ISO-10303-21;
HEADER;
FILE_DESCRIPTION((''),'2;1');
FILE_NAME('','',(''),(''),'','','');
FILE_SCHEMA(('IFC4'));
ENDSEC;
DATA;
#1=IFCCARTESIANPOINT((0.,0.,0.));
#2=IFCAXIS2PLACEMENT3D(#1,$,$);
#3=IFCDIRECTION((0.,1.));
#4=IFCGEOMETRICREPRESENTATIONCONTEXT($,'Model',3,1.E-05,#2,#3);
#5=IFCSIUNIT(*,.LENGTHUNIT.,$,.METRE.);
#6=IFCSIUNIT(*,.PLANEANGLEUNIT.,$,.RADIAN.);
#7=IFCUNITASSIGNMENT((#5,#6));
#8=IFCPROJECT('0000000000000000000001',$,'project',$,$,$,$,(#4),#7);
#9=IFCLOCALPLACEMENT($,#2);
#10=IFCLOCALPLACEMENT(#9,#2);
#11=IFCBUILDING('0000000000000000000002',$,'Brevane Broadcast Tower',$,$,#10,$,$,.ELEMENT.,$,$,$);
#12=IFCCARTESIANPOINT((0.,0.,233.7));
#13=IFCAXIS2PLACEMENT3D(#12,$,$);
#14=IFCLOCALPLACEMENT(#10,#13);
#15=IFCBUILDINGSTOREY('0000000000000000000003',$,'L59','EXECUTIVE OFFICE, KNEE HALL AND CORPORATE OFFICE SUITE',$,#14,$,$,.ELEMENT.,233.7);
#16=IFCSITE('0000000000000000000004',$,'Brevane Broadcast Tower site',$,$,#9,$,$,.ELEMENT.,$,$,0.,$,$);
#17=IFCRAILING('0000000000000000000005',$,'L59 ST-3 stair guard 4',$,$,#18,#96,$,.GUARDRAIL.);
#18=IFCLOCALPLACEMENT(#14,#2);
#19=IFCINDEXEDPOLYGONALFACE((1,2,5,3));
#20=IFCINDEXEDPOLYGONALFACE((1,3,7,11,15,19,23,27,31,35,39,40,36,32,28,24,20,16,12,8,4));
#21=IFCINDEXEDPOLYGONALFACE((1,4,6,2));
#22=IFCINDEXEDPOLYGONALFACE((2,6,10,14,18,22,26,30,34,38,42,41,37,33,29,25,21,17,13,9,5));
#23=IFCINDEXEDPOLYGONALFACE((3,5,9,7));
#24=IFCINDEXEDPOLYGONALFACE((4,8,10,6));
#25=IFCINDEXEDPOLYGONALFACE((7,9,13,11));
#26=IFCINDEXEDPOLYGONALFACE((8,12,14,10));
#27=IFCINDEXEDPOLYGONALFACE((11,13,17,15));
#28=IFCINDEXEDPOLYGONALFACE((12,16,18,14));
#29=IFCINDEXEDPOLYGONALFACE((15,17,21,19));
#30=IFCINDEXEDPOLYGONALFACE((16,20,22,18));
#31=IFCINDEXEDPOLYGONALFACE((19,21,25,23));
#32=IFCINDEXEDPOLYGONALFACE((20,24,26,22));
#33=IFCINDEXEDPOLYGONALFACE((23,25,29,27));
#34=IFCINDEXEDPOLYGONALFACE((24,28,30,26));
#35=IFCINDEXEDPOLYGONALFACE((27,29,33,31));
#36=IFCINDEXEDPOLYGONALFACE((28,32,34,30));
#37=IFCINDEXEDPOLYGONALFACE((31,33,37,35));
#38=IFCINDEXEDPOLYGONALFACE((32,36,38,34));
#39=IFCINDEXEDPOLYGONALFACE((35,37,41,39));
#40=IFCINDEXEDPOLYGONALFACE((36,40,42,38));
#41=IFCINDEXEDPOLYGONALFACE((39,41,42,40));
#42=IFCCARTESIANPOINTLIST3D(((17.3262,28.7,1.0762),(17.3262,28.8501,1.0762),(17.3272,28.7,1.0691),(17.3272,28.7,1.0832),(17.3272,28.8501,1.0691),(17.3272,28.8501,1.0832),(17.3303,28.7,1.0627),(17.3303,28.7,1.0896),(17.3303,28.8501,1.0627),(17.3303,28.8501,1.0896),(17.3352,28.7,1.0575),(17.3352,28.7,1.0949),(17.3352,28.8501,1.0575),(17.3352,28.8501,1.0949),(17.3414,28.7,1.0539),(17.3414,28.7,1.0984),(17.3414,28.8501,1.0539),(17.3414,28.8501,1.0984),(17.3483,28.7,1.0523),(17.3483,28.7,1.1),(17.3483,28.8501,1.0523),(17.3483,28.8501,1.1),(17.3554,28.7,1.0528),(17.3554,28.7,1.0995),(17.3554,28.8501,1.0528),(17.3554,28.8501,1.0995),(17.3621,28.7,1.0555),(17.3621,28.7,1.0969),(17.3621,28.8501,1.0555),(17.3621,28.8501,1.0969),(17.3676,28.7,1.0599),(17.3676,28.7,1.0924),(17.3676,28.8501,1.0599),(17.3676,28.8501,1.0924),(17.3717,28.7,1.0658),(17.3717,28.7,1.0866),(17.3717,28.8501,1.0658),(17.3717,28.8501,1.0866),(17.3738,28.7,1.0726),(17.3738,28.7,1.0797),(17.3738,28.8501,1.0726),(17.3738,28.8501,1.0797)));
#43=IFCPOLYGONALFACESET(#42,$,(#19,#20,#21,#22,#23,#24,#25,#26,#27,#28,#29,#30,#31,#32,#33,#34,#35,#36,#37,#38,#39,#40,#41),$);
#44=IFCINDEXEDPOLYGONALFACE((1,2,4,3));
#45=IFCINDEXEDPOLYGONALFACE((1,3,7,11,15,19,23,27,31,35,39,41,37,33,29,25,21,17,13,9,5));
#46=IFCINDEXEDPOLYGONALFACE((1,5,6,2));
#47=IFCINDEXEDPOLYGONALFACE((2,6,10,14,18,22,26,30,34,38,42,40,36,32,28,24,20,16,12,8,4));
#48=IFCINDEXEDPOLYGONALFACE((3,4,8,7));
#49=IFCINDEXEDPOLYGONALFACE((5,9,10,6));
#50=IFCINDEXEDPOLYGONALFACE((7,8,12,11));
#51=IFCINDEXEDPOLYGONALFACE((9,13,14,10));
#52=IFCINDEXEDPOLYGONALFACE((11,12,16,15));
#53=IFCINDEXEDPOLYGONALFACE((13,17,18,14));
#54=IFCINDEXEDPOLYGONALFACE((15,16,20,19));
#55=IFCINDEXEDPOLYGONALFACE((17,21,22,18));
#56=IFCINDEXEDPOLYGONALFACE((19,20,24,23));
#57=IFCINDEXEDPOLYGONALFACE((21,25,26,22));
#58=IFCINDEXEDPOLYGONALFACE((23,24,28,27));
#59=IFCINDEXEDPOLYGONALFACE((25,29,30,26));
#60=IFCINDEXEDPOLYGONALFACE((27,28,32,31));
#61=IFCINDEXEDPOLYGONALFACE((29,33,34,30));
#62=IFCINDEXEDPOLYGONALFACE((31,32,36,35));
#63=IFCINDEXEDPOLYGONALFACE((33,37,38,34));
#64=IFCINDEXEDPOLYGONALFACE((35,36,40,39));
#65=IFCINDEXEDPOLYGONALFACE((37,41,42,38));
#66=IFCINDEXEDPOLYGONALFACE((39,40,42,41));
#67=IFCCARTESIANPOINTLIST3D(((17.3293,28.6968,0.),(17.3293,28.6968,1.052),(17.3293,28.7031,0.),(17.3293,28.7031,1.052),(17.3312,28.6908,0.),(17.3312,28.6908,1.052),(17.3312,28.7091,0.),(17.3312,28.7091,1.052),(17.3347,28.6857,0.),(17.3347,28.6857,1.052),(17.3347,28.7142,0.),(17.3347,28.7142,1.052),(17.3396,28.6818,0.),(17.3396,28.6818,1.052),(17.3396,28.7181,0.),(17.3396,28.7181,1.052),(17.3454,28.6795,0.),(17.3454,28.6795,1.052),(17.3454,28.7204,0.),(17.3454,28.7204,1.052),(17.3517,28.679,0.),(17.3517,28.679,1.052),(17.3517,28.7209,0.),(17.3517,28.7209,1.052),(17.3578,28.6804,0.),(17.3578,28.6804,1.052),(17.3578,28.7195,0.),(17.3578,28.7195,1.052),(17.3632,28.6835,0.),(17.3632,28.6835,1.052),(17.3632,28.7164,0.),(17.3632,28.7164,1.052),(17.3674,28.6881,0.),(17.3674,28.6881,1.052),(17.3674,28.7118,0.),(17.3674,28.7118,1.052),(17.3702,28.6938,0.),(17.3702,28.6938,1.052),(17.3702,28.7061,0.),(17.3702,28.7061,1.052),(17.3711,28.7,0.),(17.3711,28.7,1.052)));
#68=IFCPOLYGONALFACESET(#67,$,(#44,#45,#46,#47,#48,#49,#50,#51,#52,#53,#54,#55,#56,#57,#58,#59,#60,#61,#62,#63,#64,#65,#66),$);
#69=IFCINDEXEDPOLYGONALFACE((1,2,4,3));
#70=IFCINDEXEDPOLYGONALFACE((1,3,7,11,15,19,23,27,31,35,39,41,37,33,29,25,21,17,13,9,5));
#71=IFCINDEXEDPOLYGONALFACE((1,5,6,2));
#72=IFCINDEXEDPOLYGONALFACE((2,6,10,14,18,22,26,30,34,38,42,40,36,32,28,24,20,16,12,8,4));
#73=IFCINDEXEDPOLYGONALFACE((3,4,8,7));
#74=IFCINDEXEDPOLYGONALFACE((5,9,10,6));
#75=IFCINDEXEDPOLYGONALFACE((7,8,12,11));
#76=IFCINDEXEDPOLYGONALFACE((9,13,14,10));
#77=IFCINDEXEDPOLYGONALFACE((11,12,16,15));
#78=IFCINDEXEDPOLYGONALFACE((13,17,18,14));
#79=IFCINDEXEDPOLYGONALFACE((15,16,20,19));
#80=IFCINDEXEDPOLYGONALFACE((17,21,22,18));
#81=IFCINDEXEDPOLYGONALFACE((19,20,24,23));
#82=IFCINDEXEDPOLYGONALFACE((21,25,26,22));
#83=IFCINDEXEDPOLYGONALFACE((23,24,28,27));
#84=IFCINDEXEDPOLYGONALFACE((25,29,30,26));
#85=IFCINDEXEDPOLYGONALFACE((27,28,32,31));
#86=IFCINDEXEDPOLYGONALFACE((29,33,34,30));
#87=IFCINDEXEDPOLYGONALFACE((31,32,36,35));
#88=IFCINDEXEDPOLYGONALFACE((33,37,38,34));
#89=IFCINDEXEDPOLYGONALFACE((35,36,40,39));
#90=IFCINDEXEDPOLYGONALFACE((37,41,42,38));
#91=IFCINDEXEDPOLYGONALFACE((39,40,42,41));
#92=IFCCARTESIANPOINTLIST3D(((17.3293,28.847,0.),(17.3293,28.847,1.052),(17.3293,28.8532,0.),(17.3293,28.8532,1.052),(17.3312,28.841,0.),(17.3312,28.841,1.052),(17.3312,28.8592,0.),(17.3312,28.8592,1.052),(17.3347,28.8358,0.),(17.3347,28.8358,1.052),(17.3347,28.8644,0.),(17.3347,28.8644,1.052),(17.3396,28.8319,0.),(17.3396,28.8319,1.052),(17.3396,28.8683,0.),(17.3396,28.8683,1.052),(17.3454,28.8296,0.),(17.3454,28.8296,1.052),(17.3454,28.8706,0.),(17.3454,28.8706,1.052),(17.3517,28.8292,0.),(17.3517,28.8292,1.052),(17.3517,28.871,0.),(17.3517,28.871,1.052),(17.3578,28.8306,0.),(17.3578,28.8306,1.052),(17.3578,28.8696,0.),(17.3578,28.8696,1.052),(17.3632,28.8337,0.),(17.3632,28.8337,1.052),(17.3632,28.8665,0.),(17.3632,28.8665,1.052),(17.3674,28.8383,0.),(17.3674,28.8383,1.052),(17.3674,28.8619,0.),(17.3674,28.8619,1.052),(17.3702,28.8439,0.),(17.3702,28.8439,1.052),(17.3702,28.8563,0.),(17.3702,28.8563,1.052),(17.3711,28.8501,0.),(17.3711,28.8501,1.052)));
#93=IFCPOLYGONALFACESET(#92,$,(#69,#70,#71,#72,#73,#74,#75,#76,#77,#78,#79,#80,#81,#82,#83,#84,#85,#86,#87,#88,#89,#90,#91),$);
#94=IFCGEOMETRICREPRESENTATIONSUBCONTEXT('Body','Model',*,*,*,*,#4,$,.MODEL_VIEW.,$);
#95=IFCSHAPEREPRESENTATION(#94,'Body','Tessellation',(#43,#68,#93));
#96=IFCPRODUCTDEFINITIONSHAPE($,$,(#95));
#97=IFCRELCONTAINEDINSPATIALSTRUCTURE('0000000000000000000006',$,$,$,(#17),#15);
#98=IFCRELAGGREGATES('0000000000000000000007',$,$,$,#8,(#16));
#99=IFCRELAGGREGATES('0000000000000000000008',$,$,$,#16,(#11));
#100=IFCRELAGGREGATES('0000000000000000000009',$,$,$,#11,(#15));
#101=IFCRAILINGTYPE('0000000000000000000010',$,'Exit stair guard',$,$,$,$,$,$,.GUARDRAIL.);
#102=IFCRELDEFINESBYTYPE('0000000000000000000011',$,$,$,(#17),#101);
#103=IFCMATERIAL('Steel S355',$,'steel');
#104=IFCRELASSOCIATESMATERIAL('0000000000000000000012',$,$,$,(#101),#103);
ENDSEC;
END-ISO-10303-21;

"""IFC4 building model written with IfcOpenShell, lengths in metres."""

from ifc_helpers import new_model, si_unit, direction, frame, origin, origin_2d, place, context, subcontext, project, spatial, circle, extrude, material, type_object, element, save


model = new_model("IFC4")

# Units and contexts
model_context = context("Model", 3, precision=1e-05, world=origin(), true_north=direction((0.0, 1.0)))
body_context = subcontext(model_context, "Body", "Model", "MODEL_VIEW")
ifc_project = project(units=[si_unit("LENGTHUNIT", "METRE"), si_unit("PLANEANGLEUNIT", "RADIAN")], contexts=[model_context])

# Site, building, storey
site_placement = place(None, origin())
site = spatial("IfcSite", under=ifc_project, at=site_placement, Name="Brevane Broadcast Tower site", CompositionType="ELEMENT", RefElevation=0.0)
building_placement = place(site_placement, origin())
building = spatial("IfcBuilding", under=site, at=building_placement, Name="Brevane Broadcast Tower", CompositionType="ELEMENT")
storey_placement = place(building_placement, frame((0.0, 0.0, 233.7)))
storey = spatial("IfcBuildingStorey", under=building, at=storey_placement, Name="L59", Description="EXECUTIVE OFFICE, KNEE HALL AND CORPORATE OFFICE SUITE", CompositionType="ELEMENT", Elevation=233.7)

# Railing
ifc_material_1 = material(Name="Steel S355", Category="steel")
railing_type = type_object("IfcRailingType", Name="Exit stair guard", PredefinedType="GUARDRAIL", material=ifc_material_1)
railing_placement = place(storey_placement, frame((17.3501, 28.7, 0.0)))
element("IfcRailing", 1, at=railing_placement, inside=storey, type_object=railing_type, Name="L59 ST-3 stair guard 4", PredefinedType="GUARDRAIL", context=body_context, shape_type="SweptSolid", body=[
    extrude(circle(Radius=0.0239, at=origin_2d()), frame((0.0, 0.0, 1.0762), z_axis=(0.0, 1.0, 0.0), x_axis=(-1.0, 0.0, 0.0)), (0.0, 0.0, 1.0), 0.1501),
    extrude(circle(Radius=0.021, at=origin_2d()), origin(), (0.0, 0.0, 1.0), 1.052),
    extrude(circle(Radius=0.021, at=origin_2d()), frame((0.0, 0.1501, 0.0)), (0.0, 0.0, 1.0), 1.052),
])

save(model, "model.ifc")
